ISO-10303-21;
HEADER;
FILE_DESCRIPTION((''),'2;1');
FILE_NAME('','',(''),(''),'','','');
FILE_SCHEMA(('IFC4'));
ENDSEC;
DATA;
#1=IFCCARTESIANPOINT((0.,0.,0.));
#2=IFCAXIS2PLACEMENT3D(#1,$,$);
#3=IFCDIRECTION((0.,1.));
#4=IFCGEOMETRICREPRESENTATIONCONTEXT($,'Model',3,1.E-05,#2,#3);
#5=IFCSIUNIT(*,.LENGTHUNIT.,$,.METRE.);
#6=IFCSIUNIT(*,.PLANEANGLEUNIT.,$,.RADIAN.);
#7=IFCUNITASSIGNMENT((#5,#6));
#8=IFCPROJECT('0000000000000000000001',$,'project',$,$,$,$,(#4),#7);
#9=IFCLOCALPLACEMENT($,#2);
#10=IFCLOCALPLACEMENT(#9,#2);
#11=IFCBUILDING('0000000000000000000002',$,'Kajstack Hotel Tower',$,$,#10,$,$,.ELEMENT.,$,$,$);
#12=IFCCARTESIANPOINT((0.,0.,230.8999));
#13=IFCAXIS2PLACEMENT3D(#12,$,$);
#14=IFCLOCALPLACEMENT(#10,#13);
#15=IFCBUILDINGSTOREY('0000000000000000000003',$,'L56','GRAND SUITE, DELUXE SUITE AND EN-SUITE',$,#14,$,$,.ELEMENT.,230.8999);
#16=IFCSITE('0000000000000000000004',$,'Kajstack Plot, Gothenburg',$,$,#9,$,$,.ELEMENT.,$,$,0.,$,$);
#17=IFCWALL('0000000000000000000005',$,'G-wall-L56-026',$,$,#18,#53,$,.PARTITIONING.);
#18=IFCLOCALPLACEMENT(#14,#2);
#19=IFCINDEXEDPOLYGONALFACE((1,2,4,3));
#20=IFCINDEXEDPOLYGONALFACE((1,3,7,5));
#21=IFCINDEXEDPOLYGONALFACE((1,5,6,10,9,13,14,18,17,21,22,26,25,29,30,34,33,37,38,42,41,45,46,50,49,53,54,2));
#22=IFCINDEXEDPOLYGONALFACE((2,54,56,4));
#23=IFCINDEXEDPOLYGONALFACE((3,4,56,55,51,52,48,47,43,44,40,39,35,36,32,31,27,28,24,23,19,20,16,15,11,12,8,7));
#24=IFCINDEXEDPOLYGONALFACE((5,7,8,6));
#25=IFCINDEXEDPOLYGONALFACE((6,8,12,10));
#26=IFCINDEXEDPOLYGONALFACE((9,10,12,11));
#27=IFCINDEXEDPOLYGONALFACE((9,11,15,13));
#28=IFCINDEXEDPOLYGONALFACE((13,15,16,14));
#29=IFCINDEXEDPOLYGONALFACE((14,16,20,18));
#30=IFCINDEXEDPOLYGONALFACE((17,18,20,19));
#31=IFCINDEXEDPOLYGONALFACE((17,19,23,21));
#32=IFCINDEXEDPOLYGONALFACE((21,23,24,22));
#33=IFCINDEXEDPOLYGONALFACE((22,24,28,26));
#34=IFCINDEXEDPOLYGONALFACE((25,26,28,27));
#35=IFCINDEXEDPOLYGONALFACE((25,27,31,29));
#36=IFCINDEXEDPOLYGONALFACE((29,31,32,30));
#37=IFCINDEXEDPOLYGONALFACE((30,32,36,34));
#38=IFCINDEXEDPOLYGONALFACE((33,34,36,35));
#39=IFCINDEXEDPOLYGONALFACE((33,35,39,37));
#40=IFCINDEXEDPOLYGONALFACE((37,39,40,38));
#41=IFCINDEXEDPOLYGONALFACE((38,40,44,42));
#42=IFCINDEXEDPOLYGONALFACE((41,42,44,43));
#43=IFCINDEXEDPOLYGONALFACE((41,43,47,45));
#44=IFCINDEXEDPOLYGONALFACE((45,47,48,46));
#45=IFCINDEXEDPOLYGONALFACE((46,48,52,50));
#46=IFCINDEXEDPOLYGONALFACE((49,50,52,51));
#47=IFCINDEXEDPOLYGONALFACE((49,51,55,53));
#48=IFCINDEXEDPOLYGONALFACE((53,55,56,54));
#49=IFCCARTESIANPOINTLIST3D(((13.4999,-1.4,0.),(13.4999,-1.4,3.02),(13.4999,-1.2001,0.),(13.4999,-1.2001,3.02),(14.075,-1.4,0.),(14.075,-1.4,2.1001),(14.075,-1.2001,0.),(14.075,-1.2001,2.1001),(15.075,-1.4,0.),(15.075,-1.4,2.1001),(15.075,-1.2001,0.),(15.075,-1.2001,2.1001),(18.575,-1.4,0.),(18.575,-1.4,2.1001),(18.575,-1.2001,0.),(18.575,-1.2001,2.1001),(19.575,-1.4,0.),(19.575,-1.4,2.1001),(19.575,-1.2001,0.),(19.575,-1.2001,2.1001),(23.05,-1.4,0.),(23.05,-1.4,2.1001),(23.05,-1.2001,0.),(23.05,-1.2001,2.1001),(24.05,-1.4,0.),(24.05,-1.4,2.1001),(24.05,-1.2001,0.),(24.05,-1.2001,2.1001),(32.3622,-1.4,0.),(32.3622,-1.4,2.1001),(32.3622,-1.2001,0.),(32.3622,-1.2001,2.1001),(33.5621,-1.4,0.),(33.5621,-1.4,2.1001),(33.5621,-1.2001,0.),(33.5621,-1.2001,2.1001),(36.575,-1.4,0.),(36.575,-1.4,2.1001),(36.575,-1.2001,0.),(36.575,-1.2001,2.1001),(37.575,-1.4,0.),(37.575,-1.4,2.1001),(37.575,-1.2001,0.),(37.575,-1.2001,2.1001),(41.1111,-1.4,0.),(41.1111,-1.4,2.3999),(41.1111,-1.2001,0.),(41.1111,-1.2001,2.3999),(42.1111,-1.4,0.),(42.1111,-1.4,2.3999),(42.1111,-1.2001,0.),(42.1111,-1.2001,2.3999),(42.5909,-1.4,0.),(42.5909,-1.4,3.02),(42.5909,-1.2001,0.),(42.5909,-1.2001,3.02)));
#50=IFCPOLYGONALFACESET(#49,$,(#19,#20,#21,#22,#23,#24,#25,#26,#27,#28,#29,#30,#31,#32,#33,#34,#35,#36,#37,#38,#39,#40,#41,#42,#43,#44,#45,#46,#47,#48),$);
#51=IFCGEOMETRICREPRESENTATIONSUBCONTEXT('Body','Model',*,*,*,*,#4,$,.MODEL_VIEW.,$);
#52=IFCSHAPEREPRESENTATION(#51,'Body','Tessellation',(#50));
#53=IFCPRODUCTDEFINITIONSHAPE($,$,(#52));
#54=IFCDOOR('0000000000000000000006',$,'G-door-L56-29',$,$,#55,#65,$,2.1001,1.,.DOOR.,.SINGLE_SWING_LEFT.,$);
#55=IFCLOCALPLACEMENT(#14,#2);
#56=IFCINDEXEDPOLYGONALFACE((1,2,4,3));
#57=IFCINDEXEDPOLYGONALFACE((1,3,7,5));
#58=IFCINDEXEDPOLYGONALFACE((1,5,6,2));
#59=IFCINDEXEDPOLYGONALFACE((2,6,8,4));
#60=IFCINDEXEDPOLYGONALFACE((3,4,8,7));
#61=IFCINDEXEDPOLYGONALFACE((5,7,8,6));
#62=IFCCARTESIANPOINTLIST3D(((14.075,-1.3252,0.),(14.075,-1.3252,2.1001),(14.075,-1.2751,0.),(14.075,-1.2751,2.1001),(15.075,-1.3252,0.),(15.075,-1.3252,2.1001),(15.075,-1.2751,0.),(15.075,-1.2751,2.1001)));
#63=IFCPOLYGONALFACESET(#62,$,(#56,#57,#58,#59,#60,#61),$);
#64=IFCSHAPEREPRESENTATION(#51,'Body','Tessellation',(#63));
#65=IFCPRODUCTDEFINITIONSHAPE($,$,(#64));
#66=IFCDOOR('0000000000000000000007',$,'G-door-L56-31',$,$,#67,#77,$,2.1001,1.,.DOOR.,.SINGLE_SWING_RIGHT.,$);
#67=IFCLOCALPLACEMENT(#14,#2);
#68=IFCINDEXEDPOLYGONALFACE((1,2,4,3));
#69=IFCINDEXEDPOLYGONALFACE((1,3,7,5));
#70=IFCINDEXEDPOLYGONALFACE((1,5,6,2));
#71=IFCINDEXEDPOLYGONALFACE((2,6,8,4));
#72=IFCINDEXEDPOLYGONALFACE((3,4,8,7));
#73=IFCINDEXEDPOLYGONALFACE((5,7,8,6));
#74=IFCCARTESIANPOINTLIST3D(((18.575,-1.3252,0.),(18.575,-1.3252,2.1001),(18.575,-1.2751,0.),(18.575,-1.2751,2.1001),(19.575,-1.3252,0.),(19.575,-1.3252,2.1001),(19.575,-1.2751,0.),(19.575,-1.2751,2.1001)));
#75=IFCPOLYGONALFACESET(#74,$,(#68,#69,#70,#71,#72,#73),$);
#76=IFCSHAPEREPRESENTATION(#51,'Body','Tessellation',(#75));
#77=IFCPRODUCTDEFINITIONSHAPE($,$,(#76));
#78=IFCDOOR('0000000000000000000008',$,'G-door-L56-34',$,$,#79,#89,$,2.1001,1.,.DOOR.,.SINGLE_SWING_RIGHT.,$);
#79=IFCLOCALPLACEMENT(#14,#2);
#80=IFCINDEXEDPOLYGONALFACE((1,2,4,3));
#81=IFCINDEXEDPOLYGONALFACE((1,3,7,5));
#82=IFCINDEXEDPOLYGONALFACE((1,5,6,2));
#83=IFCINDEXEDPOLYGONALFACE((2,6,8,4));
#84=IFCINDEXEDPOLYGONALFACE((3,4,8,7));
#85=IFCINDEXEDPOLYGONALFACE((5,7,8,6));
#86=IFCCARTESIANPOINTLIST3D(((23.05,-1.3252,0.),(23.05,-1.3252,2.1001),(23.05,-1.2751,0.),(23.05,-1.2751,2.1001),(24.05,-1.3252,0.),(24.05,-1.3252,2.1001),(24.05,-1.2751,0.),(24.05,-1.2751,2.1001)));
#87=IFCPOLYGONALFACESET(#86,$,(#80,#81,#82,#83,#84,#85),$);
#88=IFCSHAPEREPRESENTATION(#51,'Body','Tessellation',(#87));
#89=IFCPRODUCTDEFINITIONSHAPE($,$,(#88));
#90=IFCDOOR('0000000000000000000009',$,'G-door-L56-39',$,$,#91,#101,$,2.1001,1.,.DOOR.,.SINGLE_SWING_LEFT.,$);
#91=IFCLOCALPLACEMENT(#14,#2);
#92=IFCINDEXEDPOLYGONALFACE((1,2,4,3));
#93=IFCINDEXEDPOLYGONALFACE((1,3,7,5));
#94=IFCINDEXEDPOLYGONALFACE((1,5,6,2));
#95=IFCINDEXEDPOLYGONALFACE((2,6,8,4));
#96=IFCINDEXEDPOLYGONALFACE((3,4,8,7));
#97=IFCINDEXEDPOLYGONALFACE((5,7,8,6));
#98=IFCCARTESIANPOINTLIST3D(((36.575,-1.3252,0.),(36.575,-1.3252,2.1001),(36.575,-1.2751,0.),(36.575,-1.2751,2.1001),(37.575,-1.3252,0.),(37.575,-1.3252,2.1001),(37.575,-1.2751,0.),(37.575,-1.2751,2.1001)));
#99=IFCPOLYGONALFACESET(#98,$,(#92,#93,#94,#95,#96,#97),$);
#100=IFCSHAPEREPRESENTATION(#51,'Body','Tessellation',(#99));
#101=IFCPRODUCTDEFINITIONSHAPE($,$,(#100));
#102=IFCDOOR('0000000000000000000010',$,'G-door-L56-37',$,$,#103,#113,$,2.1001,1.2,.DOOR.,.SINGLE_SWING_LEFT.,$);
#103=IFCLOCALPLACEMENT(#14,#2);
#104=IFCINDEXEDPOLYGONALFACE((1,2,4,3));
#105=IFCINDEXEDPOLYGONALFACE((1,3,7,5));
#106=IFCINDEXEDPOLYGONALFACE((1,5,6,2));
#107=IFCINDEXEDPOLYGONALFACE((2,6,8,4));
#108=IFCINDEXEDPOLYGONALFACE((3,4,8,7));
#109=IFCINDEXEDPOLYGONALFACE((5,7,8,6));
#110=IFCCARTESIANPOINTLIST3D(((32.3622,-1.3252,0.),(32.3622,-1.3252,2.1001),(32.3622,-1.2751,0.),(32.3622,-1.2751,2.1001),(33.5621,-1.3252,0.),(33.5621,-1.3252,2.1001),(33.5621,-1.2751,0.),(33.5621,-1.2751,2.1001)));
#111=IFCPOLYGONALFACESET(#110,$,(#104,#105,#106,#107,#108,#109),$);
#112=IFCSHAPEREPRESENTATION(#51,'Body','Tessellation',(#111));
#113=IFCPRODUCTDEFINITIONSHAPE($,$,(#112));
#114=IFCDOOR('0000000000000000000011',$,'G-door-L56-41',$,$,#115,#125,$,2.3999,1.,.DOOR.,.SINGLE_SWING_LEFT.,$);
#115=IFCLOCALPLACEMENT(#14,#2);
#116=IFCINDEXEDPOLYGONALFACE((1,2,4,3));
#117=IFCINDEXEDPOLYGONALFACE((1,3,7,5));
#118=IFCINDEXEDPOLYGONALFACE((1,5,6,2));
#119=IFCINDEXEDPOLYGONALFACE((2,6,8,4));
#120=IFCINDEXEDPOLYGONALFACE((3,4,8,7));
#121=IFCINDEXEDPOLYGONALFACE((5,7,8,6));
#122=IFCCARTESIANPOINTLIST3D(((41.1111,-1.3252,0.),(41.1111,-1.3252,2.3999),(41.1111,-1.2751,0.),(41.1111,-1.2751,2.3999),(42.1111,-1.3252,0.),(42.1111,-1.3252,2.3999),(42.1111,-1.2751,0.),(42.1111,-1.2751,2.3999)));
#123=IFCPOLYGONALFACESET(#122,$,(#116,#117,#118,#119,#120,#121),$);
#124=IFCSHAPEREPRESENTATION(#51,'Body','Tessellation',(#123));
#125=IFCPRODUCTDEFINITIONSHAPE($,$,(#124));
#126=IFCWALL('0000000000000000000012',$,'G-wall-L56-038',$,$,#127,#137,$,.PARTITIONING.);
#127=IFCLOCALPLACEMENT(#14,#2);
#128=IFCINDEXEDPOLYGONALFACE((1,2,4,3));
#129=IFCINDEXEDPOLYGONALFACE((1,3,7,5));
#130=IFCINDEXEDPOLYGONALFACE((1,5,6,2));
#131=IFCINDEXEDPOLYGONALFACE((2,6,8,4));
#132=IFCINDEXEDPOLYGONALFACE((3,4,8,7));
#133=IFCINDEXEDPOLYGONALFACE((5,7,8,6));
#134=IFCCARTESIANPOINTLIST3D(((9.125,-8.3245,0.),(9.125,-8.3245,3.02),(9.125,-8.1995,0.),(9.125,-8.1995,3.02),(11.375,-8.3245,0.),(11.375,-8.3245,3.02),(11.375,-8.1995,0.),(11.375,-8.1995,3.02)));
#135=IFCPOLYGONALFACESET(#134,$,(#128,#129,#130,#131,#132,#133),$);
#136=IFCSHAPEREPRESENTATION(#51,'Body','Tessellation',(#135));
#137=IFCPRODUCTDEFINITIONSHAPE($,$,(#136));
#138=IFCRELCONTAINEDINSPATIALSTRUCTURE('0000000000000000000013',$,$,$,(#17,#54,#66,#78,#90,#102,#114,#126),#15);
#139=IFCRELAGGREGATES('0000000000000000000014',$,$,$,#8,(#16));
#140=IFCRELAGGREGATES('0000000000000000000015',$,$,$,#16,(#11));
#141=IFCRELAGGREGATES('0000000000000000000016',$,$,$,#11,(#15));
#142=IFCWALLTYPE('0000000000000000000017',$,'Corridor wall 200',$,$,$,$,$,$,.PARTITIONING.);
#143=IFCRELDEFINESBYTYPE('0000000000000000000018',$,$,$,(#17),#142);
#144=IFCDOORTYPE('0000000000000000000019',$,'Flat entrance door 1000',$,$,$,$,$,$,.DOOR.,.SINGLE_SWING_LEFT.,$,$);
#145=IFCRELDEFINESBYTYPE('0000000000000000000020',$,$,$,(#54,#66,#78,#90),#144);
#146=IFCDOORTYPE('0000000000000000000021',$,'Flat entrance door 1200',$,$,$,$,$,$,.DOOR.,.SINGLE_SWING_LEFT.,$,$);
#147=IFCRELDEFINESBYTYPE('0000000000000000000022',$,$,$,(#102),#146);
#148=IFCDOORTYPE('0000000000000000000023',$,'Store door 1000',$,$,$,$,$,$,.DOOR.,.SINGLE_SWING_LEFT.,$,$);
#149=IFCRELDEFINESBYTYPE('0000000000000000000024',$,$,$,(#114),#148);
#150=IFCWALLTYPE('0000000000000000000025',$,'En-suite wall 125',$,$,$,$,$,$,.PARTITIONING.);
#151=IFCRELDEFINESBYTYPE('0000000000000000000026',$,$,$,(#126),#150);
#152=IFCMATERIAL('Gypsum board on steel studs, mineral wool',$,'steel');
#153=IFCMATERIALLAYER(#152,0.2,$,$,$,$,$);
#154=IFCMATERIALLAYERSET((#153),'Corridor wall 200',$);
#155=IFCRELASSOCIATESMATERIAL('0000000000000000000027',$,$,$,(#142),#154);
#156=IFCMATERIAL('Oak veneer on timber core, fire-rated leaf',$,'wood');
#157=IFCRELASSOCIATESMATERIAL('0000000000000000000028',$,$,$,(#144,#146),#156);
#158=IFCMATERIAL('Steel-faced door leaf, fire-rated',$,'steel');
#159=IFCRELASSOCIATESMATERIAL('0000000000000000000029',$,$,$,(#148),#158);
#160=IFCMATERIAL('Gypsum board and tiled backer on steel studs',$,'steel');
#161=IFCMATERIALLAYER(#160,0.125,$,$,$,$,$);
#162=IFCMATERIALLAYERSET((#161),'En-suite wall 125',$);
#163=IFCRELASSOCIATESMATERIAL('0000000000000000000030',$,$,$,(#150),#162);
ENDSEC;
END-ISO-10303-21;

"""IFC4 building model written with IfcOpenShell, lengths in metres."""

from ifc_helpers import new_model, si_unit, direction, frame, frame_2d, origin, place, context, subcontext, project, spatial, rectangle, extrude, material, layer, layer_set, type_object, element, fill, save


model = new_model("IFC4")

# Units and contexts
model_context = context("Model", 3, precision=1e-05, world=origin(), true_north=direction((0.0, 1.0)))
body_context = subcontext(model_context, "Body", "Model", "MODEL_VIEW")
ifc_project = project(units=[si_unit("LENGTHUNIT", "METRE"), si_unit("PLANEANGLEUNIT", "RADIAN")], contexts=[model_context])

# Site, building, storey
site_placement = place(None, origin())
site = spatial("IfcSite", under=ifc_project, at=site_placement, Name="Kajstack Plot, Gothenburg", CompositionType="ELEMENT", RefElevation=0.0)
building_placement = place(site_placement, origin())
building = spatial("IfcBuilding", under=site, at=building_placement, Name="Kajstack Hotel Tower", CompositionType="ELEMENT")
storey_placement = place(building_placement, frame((0.0, 0.0, 230.8999)))
storey = spatial("IfcBuildingStorey", under=building, at=storey_placement, Name="L56", Description="GRAND SUITE, DELUXE SUITE AND EN-SUITE", CompositionType="ELEMENT", Elevation=230.8999)

# Wall, openings, doors
ifc_material_1 = material(Name="Gypsum board on steel studs, mineral wool", Category="steel")
ifc_layer_1 = layer(ifc_material_1, 0.2)
ifc_layer_set_1 = layer_set([ifc_layer_1], Name="Corridor wall 200")
wall_type_1 = type_object("IfcWallType", Name="Corridor wall 200", PredefinedType="PARTITIONING", material=ifc_layer_set_1)
wall_1_placement = place(storey_placement, frame((13.5, -1.3, 0.0), z_axis=(0.0, 0.0, 1.0), x_axis=(1.0, 0.0, 0.0)))
wall_1 = element("IfcWall", 1, at=wall_1_placement, inside=storey, type_object=wall_type_1, Name="G-wall-L56-026", PredefinedType="PARTITIONING", context=body_context, shape_type="SweptSolid", body=[
    extrude(rectangle(XDim=29.0911, YDim=0.2, at=frame_2d((14.5454, 0.0))), origin(), (0.0, 0.0, 1.0), 3.02),
])
opening_1_placement = place(wall_1_placement, frame((0.575, 0.0, 0.0)))
opening_1 = element("IfcOpeningElement", 2, at=opening_1_placement, cuts=wall_1, PredefinedType="OPENING", context=body_context, shape_type="SweptSolid", body=[
    extrude(rectangle(XDim=1.0, YDim=2.1001, at=frame_2d((0.5, 1.05))), frame((0.0, 0.1099, 0.0), z_axis=(0.0, -1.0, 0.0), x_axis=(1.0, 0.0, 0.0)), (0.0, 0.0, 1.0), 0.22),
])
opening_2_placement = place(wall_1_placement, frame((5.075, 0.0, 0.0)))
opening_2 = element("IfcOpeningElement", 3, at=opening_2_placement, cuts=wall_1, PredefinedType="OPENING", context=body_context, shape_type="SweptSolid", body=[
    extrude(rectangle(XDim=1.0, YDim=2.1001, at=frame_2d((0.5, 1.05))), frame((0.0, 0.1099, 0.0), z_axis=(0.0, -1.0, 0.0), x_axis=(1.0, 0.0, 0.0)), (0.0, 0.0, 1.0), 0.22),
])
opening_3_placement = place(wall_1_placement, frame((9.55, 0.0, 0.0)))
opening_3 = element("IfcOpeningElement", 4, at=opening_3_placement, cuts=wall_1, PredefinedType="OPENING", context=body_context, shape_type="SweptSolid", body=[
    extrude(rectangle(XDim=1.0, YDim=2.1001, at=frame_2d((0.5, 1.05))), frame((0.0, 0.1099, 0.0), z_axis=(0.0, -1.0, 0.0), x_axis=(1.0, 0.0, 0.0)), (0.0, 0.0, 1.0), 0.22),
])
opening_4_placement = place(wall_1_placement, frame((18.8621, 0.0, 0.0)))
opening_4 = element("IfcOpeningElement", 5, at=opening_4_placement, cuts=wall_1, PredefinedType="OPENING", context=body_context, shape_type="SweptSolid", body=[
    extrude(rectangle(XDim=1.2, YDim=2.1001, at=frame_2d((0.6001, 1.05))), frame((0.0, 0.1099, 0.0), z_axis=(0.0, -1.0, 0.0), x_axis=(1.0, 0.0, 0.0)), (0.0, 0.0, 1.0), 0.22),
])
opening_5_placement = place(wall_1_placement, frame((23.075, 0.0, 0.0)))
opening_5 = element("IfcOpeningElement", 6, at=opening_5_placement, cuts=wall_1, PredefinedType="OPENING", context=body_context, shape_type="SweptSolid", body=[
    extrude(rectangle(XDim=1.0, YDim=2.1001, at=frame_2d((0.5, 1.05))), frame((0.0, 0.1099, 0.0), z_axis=(0.0, -1.0, 0.0), x_axis=(1.0, 0.0, 0.0)), (0.0, 0.0, 1.0), 0.22),
])
opening_6_placement = place(wall_1_placement, frame((27.6111, 0.0, 0.0)))
opening_6 = element("IfcOpeningElement", 7, at=opening_6_placement, cuts=wall_1, PredefinedType="OPENING", context=body_context, shape_type="SweptSolid", body=[
    extrude(rectangle(XDim=1.0, YDim=2.3999, at=frame_2d((0.5, 1.2))), frame((0.0, 0.1099, 0.0), z_axis=(0.0, -1.0, 0.0), x_axis=(1.0, 0.0, 0.0)), (0.0, 0.0, 1.0), 0.22),
])
ifc_material_2 = material(Name="Oak veneer on timber core, fire-rated leaf", Category="wood")
door_type_1 = type_object("IfcDoorType", Name="Flat entrance door 1000", OperationType="SINGLE_SWING_LEFT", PredefinedType="DOOR", material=ifc_material_2)
door_1_placement = place(opening_1_placement, origin())
door_1 = element("IfcDoor", 8, at=door_1_placement, inside=storey, type_object=door_type_1, Name="G-door-L56-29", OperationType="SINGLE_SWING_LEFT", OverallHeight=2.1001, OverallWidth=1.0, PredefinedType="DOOR", context=body_context, shape_type="SweptSolid", body=[
    extrude(rectangle(XDim=1.0, YDim=2.1001, at=frame_2d((0.5, 1.05))), frame((0.0, 0.0249, 0.0), z_axis=(0.0, -1.0, 0.0), x_axis=(1.0, 0.0, 0.0)), (0.0, 0.0, 1.0), 0.05),
])
fill(opening_1, door_1)
door_2_placement = place(opening_2_placement, origin())
door_2 = element("IfcDoor", 9, at=door_2_placement, inside=storey, type_object=door_type_1, Name="G-door-L56-31", OperationType="SINGLE_SWING_RIGHT", OverallHeight=2.1001, OverallWidth=1.0, PredefinedType="DOOR", context=body_context, shape_type="SweptSolid", body=[
    extrude(rectangle(XDim=1.0, YDim=2.1001, at=frame_2d((0.5, 1.05))), frame((0.0, 0.0249, 0.0), z_axis=(0.0, -1.0, 0.0), x_axis=(1.0, 0.0, 0.0)), (0.0, 0.0, 1.0), 0.05),
])
fill(opening_2, door_2)
door_3_placement = place(opening_3_placement, origin())
door_3 = element("IfcDoor", 10, at=door_3_placement, inside=storey, type_object=door_type_1, Name="G-door-L56-34", OperationType="SINGLE_SWING_RIGHT", OverallHeight=2.1001, OverallWidth=1.0, PredefinedType="DOOR", context=body_context, shape_type="SweptSolid", body=[
    extrude(rectangle(XDim=1.0, YDim=2.1001, at=frame_2d((0.5, 1.05))), frame((0.0, 0.0249, 0.0), z_axis=(0.0, -1.0, 0.0), x_axis=(1.0, 0.0, 0.0)), (0.0, 0.0, 1.0), 0.05),
])
fill(opening_3, door_3)
door_4_placement = place(opening_5_placement, origin())
door_4 = element("IfcDoor", 11, at=door_4_placement, inside=storey, type_object=door_type_1, Name="G-door-L56-39", OperationType="SINGLE_SWING_LEFT", OverallHeight=2.1001, OverallWidth=1.0, PredefinedType="DOOR", context=body_context, shape_type="SweptSolid", body=[
    extrude(rectangle(XDim=1.0, YDim=2.1001, at=frame_2d((0.5, 1.05))), frame((0.0, 0.0249, 0.0), z_axis=(0.0, -1.0, 0.0), x_axis=(1.0, 0.0, 0.0)), (0.0, 0.0, 1.0), 0.05),
])
fill(opening_5, door_4)
door_type_2 = type_object("IfcDoorType", Name="Flat entrance door 1200", OperationType="SINGLE_SWING_LEFT", PredefinedType="DOOR", material=ifc_material_2)
door_5_placement = place(opening_4_placement, origin())
door_5 = element("IfcDoor", 12, at=door_5_placement, inside=storey, type_object=door_type_2, Name="G-door-L56-37", OperationType="SINGLE_SWING_LEFT", OverallHeight=2.1001, OverallWidth=1.2, PredefinedType="DOOR", context=body_context, shape_type="SweptSolid", body=[
    extrude(rectangle(XDim=1.2, YDim=2.1001, at=frame_2d((0.6001, 1.05))), frame((0.0, 0.0249, 0.0), z_axis=(0.0, -1.0, 0.0), x_axis=(1.0, 0.0, 0.0)), (0.0, 0.0, 1.0), 0.05),
])
fill(opening_4, door_5)
ifc_material_3 = material(Name="Steel-faced door leaf, fire-rated", Category="steel")
door_type_3 = type_object("IfcDoorType", Name="Store door 1000", OperationType="SINGLE_SWING_LEFT", PredefinedType="DOOR", material=ifc_material_3)
door_6_placement = place(opening_6_placement, origin())
door_6 = element("IfcDoor", 13, at=door_6_placement, inside=storey, type_object=door_type_3, Name="G-door-L56-41", OperationType="SINGLE_SWING_LEFT", OverallHeight=2.3999, OverallWidth=1.0, PredefinedType="DOOR", context=body_context, shape_type="SweptSolid", body=[
    extrude(rectangle(XDim=1.0, YDim=2.3999, at=frame_2d((0.5, 1.2))), frame((0.0, 0.0249, 0.0), z_axis=(0.0, -1.0, 0.0), x_axis=(1.0, 0.0, 0.0)), (0.0, 0.0, 1.0), 0.05),
])
fill(opening_6, door_6)

# Wall
ifc_material_4 = material(Name="Gypsum board and tiled backer on steel studs", Category="steel")
ifc_layer_2 = layer(ifc_material_4, 0.125)
ifc_layer_set_2 = layer_set([ifc_layer_2], Name="En-suite wall 125")
wall_type_2 = type_object("IfcWallType", Name="En-suite wall 125", PredefinedType="PARTITIONING", material=ifc_layer_set_2)
wall_2_placement = place(storey_placement, frame((9.125, -8.262, 0.0), z_axis=(0.0, 0.0, 1.0), x_axis=(1.0, 0.0, 0.0)))
element("IfcWall", 14, at=wall_2_placement, inside=storey, type_object=wall_type_2, Name="G-wall-L56-038", PredefinedType="PARTITIONING", context=body_context, shape_type="SweptSolid", body=[
    extrude(rectangle(XDim=2.25, YDim=0.125, at=frame_2d((1.125, 0.0))), origin(), (0.0, 0.0, 1.0), 3.02),
])

save(model, "model.ifc")
